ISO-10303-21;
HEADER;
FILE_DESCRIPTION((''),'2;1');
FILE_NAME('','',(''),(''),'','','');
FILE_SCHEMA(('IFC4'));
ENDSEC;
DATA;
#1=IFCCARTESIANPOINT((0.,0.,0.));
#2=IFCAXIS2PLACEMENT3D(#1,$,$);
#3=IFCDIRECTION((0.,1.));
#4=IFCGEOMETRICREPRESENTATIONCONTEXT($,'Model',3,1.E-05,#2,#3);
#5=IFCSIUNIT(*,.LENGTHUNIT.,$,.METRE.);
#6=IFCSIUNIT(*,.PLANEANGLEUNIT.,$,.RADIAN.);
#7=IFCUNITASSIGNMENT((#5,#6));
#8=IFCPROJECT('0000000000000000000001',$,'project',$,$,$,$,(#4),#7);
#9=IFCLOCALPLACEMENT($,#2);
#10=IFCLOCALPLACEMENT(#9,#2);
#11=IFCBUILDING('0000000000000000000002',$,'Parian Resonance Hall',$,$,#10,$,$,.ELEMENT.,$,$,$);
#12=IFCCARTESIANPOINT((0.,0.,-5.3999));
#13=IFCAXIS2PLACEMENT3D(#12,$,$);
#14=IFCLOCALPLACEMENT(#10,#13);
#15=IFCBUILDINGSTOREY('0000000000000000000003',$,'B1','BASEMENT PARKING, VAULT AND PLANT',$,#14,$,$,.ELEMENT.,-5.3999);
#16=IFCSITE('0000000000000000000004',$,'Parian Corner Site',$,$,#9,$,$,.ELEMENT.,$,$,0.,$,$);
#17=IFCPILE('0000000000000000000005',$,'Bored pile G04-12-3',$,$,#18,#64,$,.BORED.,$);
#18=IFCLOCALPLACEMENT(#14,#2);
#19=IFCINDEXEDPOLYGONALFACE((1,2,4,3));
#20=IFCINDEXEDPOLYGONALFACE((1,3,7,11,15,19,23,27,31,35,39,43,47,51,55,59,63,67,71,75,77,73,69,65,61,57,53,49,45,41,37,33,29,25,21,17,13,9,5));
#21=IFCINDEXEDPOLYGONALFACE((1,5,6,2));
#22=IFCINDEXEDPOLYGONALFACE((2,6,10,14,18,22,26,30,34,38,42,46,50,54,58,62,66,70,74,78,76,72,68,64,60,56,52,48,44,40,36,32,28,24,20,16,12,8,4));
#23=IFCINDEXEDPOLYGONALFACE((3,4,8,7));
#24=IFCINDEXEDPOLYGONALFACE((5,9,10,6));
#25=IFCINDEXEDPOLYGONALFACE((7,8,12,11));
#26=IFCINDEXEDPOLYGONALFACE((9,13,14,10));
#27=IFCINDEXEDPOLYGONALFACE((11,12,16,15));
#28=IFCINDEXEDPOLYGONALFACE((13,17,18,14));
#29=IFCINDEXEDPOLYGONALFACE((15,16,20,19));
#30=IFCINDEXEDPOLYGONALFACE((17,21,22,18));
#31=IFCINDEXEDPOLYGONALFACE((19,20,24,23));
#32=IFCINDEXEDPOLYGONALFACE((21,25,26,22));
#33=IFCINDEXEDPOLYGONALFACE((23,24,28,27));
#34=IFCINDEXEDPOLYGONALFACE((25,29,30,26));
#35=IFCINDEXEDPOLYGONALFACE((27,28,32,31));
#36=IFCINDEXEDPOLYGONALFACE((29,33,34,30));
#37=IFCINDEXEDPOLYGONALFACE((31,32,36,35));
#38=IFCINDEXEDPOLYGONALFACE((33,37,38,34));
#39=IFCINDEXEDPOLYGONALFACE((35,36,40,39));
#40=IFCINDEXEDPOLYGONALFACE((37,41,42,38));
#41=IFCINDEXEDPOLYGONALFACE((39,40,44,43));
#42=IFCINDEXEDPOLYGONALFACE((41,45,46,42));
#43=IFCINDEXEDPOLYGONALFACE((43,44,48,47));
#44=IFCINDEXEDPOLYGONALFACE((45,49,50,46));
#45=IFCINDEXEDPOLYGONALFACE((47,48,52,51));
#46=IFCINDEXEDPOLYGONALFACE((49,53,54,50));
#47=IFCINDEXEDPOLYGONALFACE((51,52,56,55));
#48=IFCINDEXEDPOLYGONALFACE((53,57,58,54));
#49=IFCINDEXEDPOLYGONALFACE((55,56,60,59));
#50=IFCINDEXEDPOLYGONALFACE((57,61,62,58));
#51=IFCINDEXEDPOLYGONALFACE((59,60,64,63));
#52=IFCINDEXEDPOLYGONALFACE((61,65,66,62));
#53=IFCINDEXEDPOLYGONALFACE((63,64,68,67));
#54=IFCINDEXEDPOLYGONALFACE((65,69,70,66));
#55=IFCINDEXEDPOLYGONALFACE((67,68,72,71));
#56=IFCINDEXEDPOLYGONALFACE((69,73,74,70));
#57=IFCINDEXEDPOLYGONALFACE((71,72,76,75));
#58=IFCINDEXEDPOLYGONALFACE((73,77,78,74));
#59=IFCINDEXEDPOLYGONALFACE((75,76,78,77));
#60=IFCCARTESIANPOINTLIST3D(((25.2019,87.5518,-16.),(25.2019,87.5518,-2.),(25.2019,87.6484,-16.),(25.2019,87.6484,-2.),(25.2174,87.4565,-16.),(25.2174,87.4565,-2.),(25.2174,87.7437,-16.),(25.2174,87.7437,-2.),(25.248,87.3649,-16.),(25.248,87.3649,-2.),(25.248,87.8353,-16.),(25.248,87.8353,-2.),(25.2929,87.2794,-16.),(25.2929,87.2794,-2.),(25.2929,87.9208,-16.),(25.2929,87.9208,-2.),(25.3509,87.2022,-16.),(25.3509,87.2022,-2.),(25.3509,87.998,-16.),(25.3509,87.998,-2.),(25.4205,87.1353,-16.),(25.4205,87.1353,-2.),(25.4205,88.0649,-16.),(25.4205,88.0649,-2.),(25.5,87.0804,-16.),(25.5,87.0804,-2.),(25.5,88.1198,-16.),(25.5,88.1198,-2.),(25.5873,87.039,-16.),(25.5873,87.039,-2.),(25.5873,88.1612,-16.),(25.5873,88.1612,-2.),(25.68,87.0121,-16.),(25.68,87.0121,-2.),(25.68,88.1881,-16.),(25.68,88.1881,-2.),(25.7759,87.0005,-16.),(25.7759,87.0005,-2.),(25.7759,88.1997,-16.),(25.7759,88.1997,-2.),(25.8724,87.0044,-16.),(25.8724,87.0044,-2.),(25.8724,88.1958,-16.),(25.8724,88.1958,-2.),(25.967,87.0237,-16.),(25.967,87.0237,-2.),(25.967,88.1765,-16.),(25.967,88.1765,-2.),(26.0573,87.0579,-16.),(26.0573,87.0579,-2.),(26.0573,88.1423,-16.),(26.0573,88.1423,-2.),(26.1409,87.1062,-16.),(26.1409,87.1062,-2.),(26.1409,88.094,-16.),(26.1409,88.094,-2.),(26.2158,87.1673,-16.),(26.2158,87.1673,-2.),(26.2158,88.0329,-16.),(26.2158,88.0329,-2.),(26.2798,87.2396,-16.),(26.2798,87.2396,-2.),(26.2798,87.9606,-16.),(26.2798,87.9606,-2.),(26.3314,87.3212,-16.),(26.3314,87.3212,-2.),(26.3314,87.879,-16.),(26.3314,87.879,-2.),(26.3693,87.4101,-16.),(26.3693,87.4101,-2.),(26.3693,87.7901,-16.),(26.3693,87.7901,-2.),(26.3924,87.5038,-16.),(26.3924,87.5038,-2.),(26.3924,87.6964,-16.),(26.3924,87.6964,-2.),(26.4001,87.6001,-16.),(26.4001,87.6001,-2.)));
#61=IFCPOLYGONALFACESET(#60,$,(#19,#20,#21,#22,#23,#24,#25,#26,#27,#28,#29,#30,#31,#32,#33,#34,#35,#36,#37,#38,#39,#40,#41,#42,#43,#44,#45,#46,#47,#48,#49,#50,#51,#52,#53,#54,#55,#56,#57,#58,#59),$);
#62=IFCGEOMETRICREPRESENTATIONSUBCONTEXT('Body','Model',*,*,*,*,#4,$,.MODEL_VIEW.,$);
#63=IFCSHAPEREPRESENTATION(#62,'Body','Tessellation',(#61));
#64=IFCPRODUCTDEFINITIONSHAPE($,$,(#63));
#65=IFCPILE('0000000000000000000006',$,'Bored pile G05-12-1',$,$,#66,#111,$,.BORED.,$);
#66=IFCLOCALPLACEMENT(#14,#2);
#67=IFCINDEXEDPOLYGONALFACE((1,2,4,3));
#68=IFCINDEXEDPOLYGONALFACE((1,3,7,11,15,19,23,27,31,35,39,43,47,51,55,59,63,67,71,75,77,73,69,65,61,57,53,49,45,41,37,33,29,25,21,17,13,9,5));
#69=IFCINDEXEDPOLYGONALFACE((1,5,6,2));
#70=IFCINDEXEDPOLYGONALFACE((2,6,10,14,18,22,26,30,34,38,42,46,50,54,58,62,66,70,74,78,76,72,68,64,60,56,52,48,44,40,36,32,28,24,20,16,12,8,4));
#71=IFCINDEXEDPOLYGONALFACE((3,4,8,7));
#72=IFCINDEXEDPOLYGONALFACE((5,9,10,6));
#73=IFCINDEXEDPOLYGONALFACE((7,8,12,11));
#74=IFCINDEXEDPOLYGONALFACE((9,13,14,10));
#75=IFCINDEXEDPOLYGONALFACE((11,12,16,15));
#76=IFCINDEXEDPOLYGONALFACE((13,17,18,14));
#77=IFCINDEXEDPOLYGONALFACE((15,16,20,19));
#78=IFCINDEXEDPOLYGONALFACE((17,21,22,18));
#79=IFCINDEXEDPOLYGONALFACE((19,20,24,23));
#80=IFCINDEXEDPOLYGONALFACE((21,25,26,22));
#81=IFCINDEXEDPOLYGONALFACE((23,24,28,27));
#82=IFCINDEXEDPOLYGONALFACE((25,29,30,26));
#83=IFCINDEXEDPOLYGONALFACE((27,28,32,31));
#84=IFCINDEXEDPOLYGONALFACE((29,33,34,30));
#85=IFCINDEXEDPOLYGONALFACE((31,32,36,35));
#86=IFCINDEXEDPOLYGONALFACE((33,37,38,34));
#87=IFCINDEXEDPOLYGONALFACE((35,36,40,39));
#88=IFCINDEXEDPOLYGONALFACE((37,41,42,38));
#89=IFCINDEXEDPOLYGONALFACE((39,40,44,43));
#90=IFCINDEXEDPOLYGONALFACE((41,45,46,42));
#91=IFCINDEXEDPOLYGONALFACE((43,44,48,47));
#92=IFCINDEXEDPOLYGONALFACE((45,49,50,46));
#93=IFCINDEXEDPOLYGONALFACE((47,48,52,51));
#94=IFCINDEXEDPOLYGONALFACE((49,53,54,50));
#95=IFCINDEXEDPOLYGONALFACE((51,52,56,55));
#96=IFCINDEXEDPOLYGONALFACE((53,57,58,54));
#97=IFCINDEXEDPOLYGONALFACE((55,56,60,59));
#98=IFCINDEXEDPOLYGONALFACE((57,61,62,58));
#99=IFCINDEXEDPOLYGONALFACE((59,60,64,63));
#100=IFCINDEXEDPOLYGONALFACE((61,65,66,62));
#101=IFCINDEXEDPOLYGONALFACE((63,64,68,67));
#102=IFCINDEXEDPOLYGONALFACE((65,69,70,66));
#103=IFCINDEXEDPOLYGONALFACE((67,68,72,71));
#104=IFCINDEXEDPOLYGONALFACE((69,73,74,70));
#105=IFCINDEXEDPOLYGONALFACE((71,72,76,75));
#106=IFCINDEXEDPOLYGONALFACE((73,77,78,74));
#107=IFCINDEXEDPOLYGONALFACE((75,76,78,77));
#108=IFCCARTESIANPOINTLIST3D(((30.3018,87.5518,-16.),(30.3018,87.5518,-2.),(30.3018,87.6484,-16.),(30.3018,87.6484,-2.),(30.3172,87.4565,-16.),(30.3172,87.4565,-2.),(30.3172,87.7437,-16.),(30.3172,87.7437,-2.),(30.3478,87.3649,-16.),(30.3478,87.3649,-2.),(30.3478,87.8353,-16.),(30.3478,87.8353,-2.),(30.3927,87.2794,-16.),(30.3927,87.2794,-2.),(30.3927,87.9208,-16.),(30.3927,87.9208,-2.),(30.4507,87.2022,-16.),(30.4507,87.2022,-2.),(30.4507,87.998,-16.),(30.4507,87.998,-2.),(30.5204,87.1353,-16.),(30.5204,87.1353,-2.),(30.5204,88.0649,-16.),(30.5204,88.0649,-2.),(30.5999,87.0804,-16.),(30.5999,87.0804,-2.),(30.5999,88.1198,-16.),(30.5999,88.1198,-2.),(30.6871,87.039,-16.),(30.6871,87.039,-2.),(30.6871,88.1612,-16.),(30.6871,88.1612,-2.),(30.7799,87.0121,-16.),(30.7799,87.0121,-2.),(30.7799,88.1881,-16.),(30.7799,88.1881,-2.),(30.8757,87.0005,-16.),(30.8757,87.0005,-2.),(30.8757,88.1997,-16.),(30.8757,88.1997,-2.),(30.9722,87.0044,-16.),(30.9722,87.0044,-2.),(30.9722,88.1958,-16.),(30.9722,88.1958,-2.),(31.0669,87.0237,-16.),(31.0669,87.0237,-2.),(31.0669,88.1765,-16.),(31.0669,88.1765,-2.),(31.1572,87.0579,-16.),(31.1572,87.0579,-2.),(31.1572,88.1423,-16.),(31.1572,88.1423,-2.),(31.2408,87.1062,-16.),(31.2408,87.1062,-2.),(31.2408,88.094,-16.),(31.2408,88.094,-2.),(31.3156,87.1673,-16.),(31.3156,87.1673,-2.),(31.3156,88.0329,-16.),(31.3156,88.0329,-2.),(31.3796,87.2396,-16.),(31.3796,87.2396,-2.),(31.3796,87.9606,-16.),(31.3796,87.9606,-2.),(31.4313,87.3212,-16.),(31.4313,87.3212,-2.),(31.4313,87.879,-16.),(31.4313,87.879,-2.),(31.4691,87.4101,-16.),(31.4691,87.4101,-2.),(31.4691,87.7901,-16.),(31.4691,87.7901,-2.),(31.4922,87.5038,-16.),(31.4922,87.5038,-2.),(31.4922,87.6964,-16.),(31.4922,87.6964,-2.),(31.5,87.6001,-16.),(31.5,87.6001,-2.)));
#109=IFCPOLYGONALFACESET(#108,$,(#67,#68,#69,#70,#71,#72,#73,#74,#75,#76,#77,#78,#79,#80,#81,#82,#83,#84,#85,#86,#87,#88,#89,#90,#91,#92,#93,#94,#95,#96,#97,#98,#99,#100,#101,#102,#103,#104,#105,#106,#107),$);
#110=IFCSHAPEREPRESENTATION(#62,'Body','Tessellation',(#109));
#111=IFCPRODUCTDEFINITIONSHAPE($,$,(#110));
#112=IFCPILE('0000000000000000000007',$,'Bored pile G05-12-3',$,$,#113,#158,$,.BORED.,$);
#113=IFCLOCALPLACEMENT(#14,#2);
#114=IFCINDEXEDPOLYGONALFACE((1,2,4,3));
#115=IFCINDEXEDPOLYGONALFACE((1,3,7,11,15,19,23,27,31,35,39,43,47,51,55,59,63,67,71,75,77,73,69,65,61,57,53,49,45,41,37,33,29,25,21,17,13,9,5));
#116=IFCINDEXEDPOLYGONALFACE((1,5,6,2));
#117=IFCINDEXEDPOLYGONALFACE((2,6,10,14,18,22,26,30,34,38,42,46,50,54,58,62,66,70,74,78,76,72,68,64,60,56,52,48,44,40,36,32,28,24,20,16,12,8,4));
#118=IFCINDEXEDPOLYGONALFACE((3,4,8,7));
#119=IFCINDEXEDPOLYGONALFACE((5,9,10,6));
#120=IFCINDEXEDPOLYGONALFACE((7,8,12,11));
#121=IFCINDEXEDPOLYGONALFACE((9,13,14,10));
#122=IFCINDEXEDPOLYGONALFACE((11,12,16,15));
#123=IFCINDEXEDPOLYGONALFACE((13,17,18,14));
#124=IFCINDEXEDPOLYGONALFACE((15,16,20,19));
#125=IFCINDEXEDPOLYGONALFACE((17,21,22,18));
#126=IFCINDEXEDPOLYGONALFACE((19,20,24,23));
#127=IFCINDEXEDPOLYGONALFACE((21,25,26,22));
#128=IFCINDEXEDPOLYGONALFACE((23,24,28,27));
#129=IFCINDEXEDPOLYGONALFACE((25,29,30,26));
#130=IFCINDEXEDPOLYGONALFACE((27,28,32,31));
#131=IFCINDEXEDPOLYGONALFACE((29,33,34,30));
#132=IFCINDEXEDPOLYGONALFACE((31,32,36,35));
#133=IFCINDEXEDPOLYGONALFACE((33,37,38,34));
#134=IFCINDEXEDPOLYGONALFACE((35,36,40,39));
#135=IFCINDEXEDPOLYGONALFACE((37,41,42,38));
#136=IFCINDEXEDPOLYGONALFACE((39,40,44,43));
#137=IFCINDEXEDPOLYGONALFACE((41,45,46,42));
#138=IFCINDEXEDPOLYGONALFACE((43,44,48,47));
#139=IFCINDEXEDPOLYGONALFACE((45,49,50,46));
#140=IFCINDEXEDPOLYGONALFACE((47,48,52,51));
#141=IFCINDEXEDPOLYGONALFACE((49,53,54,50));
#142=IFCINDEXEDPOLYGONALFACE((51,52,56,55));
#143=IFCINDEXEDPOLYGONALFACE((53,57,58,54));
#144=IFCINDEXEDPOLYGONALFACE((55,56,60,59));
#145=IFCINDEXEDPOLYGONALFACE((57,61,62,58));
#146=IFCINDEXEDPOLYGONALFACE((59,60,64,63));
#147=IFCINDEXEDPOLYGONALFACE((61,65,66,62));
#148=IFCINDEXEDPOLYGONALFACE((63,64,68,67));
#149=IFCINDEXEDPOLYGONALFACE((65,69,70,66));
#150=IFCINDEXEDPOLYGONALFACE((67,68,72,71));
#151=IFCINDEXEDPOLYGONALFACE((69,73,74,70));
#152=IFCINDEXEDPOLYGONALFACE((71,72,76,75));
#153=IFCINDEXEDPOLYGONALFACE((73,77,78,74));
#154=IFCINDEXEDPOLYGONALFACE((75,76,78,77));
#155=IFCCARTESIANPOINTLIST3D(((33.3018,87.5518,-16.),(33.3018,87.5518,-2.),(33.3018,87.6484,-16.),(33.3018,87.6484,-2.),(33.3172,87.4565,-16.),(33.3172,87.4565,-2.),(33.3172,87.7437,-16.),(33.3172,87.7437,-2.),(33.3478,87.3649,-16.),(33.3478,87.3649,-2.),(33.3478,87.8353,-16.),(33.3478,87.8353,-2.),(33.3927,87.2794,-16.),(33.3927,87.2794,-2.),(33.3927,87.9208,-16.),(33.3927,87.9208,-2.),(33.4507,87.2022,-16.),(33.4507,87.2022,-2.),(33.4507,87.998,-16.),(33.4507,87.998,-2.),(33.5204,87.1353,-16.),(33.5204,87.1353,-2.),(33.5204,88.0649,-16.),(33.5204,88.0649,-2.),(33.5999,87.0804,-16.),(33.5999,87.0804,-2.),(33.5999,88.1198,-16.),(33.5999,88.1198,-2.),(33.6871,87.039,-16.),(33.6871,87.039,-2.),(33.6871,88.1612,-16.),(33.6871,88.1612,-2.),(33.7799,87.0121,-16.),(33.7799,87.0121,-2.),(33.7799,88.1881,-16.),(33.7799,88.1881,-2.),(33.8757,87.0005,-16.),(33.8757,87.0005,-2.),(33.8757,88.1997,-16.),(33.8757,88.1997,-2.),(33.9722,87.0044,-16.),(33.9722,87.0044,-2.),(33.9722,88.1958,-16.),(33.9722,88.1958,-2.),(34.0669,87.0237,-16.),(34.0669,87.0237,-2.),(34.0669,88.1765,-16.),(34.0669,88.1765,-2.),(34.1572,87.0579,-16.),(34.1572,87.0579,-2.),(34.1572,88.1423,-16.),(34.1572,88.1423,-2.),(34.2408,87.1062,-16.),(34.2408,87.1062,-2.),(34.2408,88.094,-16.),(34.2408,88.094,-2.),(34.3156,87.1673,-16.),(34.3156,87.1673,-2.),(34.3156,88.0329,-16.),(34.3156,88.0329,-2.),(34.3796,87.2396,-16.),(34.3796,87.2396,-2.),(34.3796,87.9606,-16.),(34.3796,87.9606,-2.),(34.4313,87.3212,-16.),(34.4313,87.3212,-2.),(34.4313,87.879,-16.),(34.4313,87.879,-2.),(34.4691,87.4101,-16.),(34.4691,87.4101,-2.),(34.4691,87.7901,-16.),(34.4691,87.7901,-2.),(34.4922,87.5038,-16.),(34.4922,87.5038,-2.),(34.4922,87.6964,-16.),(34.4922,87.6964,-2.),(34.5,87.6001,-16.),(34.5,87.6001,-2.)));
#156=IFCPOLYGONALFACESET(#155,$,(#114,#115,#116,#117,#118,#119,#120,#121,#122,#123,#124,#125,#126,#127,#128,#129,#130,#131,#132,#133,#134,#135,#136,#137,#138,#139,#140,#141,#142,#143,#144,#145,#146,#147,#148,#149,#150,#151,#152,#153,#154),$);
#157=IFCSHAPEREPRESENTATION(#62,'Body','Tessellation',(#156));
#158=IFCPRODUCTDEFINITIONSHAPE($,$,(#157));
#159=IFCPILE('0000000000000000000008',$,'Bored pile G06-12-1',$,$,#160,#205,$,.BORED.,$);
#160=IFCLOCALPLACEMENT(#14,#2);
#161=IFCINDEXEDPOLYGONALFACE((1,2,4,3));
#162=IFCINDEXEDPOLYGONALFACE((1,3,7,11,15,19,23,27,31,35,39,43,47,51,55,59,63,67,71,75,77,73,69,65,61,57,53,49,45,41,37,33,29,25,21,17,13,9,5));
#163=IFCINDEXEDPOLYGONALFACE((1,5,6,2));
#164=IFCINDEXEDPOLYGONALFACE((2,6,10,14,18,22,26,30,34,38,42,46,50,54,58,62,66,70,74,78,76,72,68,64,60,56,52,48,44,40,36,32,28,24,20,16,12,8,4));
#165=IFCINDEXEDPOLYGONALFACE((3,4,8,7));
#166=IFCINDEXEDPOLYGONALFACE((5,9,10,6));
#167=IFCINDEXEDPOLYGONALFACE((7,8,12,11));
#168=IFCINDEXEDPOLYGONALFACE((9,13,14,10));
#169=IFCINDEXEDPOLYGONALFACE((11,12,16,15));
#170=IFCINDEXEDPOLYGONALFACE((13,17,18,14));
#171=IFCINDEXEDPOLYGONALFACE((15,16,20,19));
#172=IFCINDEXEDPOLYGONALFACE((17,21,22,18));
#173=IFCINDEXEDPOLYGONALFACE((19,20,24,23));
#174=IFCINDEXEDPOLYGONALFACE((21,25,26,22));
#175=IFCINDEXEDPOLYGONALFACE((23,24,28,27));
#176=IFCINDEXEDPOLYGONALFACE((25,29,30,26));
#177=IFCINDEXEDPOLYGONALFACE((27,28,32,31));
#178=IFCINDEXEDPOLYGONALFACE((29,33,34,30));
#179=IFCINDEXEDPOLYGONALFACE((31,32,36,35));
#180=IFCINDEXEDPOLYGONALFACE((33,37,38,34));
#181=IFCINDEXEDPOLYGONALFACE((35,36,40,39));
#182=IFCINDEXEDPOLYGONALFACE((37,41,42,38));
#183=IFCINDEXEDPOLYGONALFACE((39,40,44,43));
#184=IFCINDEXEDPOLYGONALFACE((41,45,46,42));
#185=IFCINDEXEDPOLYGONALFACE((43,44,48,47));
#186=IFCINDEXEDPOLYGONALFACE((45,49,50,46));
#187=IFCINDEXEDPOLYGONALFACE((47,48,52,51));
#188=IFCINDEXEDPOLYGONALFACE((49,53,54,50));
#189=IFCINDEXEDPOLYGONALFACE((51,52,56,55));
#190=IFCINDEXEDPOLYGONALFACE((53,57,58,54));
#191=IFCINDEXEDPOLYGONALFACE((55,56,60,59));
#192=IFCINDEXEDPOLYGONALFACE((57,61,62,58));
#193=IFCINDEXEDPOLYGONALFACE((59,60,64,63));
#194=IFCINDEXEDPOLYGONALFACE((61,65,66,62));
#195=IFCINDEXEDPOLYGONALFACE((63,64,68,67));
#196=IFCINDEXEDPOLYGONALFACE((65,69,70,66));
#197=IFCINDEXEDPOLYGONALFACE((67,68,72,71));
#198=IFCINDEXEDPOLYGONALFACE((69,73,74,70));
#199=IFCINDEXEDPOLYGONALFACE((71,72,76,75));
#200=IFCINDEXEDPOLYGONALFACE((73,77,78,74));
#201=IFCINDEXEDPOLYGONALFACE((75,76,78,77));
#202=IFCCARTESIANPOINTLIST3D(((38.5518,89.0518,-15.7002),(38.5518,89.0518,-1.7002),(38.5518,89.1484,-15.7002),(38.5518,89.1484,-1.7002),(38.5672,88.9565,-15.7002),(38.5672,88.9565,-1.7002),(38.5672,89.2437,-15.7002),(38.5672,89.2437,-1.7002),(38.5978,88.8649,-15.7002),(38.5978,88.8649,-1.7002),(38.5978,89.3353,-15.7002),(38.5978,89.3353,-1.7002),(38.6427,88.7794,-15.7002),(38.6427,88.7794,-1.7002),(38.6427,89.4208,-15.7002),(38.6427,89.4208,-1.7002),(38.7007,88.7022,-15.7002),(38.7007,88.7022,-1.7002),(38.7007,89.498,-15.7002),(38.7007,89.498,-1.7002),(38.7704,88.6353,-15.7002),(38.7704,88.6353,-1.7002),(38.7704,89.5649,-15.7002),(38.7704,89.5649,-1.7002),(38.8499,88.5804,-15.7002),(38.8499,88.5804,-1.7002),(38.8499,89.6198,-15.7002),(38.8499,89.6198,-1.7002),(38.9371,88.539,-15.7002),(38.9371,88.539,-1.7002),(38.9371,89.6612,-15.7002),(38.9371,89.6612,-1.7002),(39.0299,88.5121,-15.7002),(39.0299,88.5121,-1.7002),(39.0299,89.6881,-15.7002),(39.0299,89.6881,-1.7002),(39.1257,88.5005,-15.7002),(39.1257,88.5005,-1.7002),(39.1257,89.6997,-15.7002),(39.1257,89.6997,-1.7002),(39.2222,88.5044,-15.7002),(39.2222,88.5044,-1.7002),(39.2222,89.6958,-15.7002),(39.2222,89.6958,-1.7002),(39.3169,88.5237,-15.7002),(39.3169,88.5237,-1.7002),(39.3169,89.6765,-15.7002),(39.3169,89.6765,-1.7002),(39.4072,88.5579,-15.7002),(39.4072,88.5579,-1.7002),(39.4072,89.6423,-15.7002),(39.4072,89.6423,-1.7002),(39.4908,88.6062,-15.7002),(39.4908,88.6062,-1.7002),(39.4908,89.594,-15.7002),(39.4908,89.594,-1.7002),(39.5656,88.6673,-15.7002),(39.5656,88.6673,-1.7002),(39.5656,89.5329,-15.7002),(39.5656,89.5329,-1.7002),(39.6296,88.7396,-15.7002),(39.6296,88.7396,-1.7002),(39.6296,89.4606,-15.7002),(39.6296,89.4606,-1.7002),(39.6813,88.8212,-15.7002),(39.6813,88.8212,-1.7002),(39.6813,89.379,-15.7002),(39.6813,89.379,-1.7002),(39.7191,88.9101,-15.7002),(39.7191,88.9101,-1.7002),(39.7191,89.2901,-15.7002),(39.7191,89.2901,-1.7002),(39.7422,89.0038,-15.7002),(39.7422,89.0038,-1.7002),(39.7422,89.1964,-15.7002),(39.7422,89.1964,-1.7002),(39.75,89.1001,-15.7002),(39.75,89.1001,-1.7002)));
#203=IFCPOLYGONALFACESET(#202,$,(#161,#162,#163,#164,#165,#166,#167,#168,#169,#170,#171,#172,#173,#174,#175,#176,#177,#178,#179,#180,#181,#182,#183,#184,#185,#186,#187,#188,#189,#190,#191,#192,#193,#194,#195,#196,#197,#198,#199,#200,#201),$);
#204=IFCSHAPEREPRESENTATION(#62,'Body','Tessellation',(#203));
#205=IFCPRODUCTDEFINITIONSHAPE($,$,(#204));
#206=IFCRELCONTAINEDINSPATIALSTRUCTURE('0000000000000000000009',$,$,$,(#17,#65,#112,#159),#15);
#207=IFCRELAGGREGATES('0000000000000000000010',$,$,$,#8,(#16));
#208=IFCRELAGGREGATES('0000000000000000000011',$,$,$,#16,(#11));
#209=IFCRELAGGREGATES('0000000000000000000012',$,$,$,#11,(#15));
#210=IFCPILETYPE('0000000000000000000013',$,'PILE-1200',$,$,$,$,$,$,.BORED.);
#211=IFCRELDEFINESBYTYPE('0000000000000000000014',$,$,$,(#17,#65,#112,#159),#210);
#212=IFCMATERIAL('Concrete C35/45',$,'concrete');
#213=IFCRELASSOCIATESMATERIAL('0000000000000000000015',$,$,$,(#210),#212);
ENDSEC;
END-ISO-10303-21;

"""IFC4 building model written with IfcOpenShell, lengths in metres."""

from ifc_helpers import new_model, si_unit, direction, frame, origin, origin_2d, place, context, subcontext, project, spatial, circle, extrude, material, material_profile, profile_set, type_object, element, save


model = new_model("IFC4")

# Units and contexts
model_context = context("Model", 3, precision=1e-05, world=origin(), true_north=direction((0.0, 1.0)))
body_context = subcontext(model_context, "Body", "Model", "MODEL_VIEW")
ifc_project = project(units=[si_unit("LENGTHUNIT", "METRE"), si_unit("PLANEANGLEUNIT", "RADIAN")], contexts=[model_context])

# Site, building, storey
site_placement = place(None, origin())
site = spatial("IfcSite", under=ifc_project, at=site_placement, Name="Parian Corner Site", CompositionType="ELEMENT", RefElevation=0.0)
building_placement = place(site_placement, origin())
building = spatial("IfcBuilding", under=site, at=building_placement, Name="Parian Resonance Hall", CompositionType="ELEMENT")
storey_placement = place(building_placement, frame((0.0, 0.0, -5.3999)))
storey = spatial("IfcBuildingStorey", under=building, at=storey_placement, Name="B1", Description="BASEMENT PARKING, VAULT AND PLANT", CompositionType="ELEMENT", Elevation=-5.3999)

# Piles
ifc_material_1 = material(Name="Concrete C35/45", Category="concrete")
ifc_material_profile_1 = material_profile(ifc_material_1, circle(Radius=0.6001, at=origin_2d()), Name="PILE-D1200")
ifc_profile_set_1 = profile_set([ifc_material_profile_1], Name="Concrete C35/45")
pile_type_1 = type_object("IfcPileType", Name="PILE-1200", PredefinedType="BORED", material=ifc_profile_set_1)
for number, where, z_axis, x_axis, name in (
    (1, (25.8, 87.6001, -2.0), (0.0, 0.0, -1.0), (1.0, 0.0, 0.0), "Bored pile G04-12-3"),
    (2, (30.8999, 87.6001, -2.0), (0.0, 0.0, -1.0), (1.0, 0.0, 0.0), "Bored pile G05-12-1"),
    (3, (33.8999, 87.6001, -2.0), (0.0, 0.0, -1.0), (1.0, 0.0, 0.0), "Bored pile G05-12-3"),
    (4, (39.1499, 89.1001, -1.7002), (0.0, 0.0, -1.0), (1.0, 0.0, 0.0), "Bored pile G06-12-1"),
):
    element("IfcPile", number, at=place(storey_placement, frame(where, z_axis=z_axis, x_axis=x_axis)), inside=storey, type_object=pile_type_1, Name=name, PredefinedType="BORED", context=body_context, shape_type="SweptSolid", body=[
        extrude(circle(Radius=0.6001, at=origin_2d()), origin(), (0.0, 0.0, 1.0), 14.0),
    ])

save(model, "model.ifc")
